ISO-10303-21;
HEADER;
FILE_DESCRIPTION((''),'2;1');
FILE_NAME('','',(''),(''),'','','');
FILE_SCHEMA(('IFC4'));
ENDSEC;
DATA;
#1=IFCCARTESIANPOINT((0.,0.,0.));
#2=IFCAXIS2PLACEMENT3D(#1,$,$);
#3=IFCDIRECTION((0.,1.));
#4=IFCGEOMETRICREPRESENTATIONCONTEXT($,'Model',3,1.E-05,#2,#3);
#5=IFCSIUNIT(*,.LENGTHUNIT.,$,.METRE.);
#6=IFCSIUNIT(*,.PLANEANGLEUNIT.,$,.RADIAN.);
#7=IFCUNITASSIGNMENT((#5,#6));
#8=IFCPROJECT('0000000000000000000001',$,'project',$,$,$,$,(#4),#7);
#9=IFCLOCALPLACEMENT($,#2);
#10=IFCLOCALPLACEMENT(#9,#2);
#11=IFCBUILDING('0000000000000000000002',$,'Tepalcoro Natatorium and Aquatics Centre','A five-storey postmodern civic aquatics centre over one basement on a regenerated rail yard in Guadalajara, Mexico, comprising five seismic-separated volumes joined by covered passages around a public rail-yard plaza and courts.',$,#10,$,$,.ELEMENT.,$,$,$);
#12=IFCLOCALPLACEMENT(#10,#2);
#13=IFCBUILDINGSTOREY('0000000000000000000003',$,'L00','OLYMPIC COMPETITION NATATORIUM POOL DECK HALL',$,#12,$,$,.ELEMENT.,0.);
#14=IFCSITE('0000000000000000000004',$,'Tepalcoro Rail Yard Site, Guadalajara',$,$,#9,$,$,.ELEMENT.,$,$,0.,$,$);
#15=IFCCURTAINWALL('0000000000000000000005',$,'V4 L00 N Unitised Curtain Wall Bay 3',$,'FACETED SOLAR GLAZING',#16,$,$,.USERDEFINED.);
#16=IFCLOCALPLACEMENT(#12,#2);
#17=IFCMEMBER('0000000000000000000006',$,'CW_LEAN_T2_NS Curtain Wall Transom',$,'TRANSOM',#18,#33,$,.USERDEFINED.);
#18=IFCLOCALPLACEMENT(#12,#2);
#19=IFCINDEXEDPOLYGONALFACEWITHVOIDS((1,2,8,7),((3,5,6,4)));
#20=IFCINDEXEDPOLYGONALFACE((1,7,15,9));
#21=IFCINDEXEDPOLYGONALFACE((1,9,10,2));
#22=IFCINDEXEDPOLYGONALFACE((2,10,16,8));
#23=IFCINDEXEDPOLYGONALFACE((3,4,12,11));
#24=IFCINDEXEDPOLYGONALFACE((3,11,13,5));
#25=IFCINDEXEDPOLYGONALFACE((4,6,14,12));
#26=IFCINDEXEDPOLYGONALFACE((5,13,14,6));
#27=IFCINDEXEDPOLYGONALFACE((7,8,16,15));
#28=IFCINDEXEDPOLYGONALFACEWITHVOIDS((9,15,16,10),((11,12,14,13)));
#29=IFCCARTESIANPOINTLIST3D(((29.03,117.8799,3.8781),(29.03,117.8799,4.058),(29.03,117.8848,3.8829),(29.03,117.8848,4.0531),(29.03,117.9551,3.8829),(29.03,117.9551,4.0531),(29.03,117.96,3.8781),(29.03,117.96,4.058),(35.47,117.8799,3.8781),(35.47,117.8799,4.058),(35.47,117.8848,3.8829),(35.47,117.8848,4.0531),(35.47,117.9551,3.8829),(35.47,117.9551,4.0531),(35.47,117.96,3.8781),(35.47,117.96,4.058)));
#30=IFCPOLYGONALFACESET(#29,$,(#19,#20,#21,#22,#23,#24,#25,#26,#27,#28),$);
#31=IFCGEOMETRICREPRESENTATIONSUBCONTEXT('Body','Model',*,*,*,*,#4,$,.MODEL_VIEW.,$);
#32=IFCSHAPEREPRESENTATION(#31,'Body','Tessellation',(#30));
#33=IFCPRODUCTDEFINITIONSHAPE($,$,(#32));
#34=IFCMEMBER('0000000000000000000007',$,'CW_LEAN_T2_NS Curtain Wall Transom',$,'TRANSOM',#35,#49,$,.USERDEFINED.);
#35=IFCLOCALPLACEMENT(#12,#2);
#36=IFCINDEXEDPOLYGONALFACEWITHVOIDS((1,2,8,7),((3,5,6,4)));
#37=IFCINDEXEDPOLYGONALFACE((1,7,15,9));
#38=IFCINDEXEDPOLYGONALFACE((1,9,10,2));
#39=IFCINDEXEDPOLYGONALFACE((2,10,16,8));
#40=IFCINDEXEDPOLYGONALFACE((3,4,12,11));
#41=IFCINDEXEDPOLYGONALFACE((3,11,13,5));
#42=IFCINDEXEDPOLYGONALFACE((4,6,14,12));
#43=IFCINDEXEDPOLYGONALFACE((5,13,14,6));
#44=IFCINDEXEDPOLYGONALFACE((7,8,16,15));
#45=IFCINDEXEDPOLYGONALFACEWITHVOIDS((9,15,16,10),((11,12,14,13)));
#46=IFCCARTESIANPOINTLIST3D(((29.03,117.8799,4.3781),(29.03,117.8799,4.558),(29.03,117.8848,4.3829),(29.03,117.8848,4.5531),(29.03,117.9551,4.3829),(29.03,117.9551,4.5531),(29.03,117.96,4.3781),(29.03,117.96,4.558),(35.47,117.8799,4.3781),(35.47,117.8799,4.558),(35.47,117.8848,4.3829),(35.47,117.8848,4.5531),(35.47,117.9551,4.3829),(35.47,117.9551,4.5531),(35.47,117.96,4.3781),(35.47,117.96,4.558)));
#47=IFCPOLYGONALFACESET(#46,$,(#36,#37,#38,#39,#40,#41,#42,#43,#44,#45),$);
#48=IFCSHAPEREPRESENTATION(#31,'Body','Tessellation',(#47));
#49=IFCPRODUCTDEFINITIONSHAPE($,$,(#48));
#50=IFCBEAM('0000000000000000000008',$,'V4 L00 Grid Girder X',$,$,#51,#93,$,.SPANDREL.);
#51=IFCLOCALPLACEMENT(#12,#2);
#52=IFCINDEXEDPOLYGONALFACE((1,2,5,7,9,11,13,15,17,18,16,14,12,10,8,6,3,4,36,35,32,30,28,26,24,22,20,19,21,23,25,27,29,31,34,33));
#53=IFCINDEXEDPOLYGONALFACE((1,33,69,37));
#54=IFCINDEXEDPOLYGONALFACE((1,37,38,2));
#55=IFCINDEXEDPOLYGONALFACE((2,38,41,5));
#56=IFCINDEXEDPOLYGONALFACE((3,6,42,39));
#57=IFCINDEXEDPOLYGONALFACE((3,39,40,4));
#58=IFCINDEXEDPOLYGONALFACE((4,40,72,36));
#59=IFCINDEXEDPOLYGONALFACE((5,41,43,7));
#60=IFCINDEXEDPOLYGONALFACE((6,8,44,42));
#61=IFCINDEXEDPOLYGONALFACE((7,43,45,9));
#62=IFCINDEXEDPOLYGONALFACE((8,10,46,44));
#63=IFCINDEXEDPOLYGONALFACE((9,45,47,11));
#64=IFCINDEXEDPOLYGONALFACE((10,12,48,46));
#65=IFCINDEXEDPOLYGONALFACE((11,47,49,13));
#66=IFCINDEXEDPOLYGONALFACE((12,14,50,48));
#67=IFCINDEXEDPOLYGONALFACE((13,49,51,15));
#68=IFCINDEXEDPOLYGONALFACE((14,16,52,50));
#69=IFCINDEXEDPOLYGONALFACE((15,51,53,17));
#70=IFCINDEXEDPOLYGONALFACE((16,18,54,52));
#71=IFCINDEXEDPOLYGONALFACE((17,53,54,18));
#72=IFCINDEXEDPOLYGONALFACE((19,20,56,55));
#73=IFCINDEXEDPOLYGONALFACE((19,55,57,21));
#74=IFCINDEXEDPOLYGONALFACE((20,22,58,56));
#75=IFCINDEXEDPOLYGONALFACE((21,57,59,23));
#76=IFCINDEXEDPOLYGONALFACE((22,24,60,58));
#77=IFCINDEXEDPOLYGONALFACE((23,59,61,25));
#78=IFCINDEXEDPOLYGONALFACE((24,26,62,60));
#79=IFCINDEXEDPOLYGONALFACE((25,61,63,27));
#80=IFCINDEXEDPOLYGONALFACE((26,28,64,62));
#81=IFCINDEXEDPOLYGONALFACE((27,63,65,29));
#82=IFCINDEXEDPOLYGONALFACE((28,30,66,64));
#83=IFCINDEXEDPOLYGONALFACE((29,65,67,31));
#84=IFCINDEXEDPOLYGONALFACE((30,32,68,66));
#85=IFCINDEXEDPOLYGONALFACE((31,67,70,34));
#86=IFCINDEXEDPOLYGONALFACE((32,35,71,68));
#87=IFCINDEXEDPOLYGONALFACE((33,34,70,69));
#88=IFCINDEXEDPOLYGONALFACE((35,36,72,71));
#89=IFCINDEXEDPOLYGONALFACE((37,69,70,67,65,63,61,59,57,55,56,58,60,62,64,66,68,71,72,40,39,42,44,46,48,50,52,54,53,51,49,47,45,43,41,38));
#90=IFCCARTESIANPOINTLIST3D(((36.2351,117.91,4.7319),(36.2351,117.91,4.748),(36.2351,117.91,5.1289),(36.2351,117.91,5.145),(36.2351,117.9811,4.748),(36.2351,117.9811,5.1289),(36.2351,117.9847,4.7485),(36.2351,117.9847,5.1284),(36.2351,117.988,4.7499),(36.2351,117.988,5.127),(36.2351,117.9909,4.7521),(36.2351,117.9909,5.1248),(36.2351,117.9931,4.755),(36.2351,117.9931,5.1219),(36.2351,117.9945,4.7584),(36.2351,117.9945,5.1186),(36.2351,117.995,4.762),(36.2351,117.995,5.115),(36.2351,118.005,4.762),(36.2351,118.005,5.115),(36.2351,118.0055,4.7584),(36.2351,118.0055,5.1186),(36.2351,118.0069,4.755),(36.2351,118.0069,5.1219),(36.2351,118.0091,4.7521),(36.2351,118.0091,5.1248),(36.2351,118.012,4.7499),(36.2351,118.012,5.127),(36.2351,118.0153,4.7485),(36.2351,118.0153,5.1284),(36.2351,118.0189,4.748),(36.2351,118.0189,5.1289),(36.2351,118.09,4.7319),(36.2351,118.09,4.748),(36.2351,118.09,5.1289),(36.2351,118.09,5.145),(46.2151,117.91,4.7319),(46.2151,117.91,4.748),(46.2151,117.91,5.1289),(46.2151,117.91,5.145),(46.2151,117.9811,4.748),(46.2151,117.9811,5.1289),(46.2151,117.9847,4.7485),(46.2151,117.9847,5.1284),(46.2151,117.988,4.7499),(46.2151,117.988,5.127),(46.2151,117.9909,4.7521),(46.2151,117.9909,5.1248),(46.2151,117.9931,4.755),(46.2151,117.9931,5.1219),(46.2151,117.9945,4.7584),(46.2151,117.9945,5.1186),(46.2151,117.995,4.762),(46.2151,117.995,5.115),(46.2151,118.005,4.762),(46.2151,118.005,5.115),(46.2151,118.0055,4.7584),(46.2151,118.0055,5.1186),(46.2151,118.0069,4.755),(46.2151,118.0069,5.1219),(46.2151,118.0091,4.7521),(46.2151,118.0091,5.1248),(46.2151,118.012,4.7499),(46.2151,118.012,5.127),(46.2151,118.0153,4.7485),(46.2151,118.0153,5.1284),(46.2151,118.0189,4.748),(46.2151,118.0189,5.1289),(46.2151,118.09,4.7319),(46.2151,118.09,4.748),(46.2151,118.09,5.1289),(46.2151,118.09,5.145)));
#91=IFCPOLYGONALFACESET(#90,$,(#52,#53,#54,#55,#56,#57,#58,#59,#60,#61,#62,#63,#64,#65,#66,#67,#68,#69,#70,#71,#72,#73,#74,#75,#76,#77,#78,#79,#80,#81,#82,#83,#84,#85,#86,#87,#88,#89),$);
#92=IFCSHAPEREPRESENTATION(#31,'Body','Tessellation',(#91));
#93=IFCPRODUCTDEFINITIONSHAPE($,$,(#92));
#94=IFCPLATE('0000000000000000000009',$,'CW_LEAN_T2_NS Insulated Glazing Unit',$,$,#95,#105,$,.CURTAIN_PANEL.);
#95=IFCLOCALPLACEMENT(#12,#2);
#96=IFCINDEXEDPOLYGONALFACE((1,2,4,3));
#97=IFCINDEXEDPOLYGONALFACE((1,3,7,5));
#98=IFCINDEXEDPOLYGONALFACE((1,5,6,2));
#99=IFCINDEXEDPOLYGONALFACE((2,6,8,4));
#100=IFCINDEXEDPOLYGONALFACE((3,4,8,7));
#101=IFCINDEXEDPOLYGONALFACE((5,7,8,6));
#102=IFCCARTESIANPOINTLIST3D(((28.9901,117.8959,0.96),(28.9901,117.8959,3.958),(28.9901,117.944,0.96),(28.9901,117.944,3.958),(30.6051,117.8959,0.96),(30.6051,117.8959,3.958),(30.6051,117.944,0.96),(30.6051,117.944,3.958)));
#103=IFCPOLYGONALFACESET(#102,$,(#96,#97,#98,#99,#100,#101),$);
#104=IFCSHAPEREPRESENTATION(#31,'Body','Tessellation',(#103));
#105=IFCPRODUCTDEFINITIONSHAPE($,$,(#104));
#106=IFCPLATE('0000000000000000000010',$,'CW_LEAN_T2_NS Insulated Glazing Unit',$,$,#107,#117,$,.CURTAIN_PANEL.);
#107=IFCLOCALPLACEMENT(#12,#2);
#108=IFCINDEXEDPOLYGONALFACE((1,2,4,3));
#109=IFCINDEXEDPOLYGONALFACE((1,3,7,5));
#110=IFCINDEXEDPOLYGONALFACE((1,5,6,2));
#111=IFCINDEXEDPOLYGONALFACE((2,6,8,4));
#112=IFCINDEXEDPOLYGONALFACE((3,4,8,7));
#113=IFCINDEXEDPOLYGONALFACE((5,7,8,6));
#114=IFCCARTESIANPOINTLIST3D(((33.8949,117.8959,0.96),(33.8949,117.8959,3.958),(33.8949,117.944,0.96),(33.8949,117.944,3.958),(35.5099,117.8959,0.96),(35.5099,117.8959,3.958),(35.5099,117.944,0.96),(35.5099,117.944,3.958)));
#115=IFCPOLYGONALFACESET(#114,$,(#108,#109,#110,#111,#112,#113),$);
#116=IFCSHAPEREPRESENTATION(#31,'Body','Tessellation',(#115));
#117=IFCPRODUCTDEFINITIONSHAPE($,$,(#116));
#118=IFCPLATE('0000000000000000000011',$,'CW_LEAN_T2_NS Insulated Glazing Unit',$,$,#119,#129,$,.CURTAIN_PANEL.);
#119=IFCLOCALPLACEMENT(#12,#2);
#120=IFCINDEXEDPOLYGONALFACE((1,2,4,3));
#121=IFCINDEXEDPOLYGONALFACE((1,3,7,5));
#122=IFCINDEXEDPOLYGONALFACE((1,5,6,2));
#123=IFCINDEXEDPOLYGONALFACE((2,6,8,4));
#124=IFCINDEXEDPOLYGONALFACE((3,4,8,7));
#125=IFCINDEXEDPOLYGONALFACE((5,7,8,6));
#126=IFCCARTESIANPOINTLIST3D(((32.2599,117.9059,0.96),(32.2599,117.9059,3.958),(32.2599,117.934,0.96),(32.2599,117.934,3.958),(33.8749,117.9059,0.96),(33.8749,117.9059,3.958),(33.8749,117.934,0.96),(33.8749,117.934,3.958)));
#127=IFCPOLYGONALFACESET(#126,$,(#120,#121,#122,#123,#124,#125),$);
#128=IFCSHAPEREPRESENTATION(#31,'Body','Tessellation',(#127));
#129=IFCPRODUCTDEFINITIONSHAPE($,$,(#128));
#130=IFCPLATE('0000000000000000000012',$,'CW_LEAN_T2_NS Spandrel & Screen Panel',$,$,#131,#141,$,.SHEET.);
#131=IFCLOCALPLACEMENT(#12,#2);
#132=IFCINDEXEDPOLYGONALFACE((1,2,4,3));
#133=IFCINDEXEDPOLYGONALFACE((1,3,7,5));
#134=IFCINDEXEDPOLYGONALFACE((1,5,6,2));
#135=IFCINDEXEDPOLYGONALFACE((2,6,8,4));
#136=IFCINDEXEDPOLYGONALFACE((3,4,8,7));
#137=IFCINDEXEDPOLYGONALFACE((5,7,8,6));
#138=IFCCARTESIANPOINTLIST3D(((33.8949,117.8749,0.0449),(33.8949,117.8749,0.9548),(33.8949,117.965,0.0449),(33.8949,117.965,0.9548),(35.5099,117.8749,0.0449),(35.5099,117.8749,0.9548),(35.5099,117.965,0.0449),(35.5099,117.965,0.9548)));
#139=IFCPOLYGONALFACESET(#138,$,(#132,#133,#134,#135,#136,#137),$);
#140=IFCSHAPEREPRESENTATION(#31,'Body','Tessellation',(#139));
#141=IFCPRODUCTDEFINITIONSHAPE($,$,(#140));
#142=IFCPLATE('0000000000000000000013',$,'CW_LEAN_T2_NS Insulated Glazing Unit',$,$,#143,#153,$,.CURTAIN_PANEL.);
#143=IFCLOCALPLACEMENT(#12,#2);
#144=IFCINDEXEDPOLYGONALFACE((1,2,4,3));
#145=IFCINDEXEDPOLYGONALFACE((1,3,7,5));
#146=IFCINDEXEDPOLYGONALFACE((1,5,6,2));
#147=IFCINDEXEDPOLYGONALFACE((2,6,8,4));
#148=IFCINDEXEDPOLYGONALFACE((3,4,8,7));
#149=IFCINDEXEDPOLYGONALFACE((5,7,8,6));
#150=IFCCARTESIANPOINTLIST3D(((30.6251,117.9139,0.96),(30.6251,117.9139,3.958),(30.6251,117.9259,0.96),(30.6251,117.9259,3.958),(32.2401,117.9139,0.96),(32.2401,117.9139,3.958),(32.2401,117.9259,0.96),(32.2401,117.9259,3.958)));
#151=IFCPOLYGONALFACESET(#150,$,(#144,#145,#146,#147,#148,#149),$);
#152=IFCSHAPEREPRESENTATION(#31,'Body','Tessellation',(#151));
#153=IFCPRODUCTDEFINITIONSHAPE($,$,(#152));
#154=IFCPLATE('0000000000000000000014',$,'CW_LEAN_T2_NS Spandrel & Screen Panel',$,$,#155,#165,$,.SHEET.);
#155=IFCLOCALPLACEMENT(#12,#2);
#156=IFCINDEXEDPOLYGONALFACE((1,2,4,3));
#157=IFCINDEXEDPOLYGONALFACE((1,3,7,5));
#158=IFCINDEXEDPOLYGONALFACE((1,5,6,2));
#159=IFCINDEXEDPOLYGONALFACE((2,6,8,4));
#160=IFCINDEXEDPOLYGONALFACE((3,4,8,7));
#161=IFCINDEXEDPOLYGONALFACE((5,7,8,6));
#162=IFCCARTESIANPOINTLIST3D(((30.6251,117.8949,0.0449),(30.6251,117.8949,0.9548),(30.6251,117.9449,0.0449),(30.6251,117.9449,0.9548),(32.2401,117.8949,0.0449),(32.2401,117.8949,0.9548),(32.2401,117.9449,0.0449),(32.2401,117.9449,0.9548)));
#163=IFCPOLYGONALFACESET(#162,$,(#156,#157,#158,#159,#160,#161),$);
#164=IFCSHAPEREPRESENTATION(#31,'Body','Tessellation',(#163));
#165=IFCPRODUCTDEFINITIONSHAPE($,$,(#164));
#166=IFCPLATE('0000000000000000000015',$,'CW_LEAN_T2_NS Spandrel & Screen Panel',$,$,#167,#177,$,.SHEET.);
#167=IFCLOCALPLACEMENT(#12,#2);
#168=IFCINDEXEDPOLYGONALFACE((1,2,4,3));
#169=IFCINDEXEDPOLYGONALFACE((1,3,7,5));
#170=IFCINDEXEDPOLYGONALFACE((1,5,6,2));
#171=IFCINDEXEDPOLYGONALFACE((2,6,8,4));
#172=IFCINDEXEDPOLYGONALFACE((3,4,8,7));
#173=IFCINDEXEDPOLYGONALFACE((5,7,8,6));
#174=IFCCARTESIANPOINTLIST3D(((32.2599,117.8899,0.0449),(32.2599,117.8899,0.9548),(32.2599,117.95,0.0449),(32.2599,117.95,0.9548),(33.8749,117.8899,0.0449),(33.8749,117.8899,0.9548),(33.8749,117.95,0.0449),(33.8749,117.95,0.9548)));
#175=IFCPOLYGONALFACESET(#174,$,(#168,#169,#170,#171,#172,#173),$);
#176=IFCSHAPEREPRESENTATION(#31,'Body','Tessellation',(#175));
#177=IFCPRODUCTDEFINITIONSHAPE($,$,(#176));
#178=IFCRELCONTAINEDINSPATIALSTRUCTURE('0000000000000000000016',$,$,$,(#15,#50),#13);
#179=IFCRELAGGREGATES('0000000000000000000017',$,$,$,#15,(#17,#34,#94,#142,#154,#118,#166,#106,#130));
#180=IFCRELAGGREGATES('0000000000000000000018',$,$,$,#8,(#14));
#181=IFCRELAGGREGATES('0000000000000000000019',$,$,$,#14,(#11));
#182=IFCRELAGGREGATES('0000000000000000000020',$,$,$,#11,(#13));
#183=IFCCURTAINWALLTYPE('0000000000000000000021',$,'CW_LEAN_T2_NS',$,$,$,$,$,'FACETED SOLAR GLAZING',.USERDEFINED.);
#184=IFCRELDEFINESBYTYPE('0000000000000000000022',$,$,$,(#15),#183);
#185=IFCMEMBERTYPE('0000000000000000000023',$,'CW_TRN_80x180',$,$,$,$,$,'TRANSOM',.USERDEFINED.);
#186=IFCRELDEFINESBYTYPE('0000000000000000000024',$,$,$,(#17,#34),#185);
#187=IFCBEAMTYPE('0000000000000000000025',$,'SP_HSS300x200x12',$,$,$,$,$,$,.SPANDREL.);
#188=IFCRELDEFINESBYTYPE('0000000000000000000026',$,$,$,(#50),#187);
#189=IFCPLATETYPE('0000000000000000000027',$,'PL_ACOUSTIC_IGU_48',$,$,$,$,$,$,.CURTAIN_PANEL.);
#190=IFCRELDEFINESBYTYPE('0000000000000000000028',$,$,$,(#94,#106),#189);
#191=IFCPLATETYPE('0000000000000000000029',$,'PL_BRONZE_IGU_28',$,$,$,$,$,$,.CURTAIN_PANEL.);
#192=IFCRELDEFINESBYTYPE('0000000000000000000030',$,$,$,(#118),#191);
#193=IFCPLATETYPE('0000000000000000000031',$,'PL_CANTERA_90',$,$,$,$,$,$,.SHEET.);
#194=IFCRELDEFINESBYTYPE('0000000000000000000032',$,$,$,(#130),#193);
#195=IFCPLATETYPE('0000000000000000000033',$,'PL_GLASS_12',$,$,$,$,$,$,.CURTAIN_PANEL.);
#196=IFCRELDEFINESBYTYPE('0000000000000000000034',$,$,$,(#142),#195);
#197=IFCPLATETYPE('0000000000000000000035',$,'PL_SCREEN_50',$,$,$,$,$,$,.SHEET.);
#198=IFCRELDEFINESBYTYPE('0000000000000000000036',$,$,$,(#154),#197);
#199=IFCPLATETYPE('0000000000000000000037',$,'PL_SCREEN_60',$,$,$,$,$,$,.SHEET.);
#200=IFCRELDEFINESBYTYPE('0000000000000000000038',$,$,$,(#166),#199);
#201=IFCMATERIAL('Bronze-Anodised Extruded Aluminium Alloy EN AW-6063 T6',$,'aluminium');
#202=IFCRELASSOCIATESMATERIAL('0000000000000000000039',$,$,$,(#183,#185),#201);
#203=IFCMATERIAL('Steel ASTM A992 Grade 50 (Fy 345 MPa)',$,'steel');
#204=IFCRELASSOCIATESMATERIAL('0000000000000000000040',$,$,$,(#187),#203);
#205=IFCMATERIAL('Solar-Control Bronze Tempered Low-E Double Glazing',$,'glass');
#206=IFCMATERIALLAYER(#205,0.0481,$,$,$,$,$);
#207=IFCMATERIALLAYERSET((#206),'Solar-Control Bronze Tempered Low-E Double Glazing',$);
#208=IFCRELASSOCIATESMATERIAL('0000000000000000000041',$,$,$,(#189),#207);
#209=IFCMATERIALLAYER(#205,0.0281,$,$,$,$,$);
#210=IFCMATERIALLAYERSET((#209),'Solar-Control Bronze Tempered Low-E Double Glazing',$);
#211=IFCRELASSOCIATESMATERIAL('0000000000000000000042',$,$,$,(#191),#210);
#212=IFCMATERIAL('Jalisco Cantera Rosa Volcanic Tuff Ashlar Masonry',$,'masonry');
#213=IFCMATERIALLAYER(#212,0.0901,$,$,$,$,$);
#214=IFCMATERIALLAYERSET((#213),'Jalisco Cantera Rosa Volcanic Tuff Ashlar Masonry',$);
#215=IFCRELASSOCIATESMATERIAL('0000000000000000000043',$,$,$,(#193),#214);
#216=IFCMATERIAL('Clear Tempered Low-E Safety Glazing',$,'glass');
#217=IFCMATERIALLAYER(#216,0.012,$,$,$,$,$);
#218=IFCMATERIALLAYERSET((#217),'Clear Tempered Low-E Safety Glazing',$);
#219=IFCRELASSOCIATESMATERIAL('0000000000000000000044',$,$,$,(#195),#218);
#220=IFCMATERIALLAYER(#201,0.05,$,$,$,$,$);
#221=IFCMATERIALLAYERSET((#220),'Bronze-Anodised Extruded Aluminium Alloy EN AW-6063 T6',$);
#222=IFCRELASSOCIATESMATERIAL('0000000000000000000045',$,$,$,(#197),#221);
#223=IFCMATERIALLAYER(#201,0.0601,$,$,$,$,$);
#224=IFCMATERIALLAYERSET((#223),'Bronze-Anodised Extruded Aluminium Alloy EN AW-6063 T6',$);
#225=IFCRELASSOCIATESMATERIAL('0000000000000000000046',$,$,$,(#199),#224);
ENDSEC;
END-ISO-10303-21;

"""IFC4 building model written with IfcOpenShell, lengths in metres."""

from ifc_helpers import new_model, si_unit, direction, frame, origin, origin_2d, place, context, subcontext, project, spatial, rectangle, hollow_rectangle, i_section, extrude, material, layer, layer_set, material_profile, profile_set, type_object, element, aggregate, save


model = new_model("IFC4")

# Units and contexts
model_context = context("Model", 3, precision=1e-05, world=origin(), true_north=direction((0.0, 1.0)))
body_context = subcontext(model_context, "Body", "Model", "MODEL_VIEW")
ifc_project = project(units=[si_unit("LENGTHUNIT", "METRE"), si_unit("PLANEANGLEUNIT", "RADIAN")], contexts=[model_context])

# Site, building, storey
site_placement = place(None, origin())
site = spatial("IfcSite", under=ifc_project, at=site_placement, Name="Tepalcoro Rail Yard Site, Guadalajara", CompositionType="ELEMENT", RefElevation=0.0)
building_placement = place(site_placement, origin())
building = spatial("IfcBuilding", under=site, at=building_placement, Name="Tepalcoro Natatorium and Aquatics Centre", Description="A five-storey postmodern civic aquatics centre over one basement on a regenerated rail yard in Guadalajara, Mexico, comprising five seismic-separated volumes joined by covered passages around a public rail-yard plaza and courts.", CompositionType="ELEMENT")
storey_placement = place(building_placement, origin())
storey = spatial("IfcBuildingStorey", under=building, at=storey_placement, Name="L00", Description="OLYMPIC COMPETITION NATATORIUM POOL DECK HALL", CompositionType="ELEMENT", Elevation=0.0)

# Shared definitions
ifc_material_1 = material(Name="Steel ASTM A992 Grade 50 (Fy 345 MPa)", Category="steel")

# Curtain wall, members
ifc_material_2 = material(Name="Bronze-Anodised Extruded Aluminium Alloy EN AW-6063 T6", Category="aluminium")
curtain_wall_type = type_object("IfcCurtainWallType", Name="CW_LEAN_T2_NS", ElementType="FACETED SOLAR GLAZING", PredefinedType="USERDEFINED", material=ifc_material_2)
curtain_wall_placement = place(storey_placement, origin())
curtain_wall = element("IfcCurtainWall", 1, at=curtain_wall_placement, inside=storey, type_object=curtain_wall_type, Name="V4 L00 N Unitised Curtain Wall Bay 3", ObjectType="FACETED SOLAR GLAZING", PredefinedType="USERDEFINED")
ifc_material_profile_1 = material_profile(ifc_material_2, hollow_rectangle(XDim=0.0801, YDim=0.1799, WallThickness=0.0049, at=origin_2d()), Name="AL80X180X5")
ifc_profile_set_1 = profile_set([ifc_material_profile_1], Name="Bronze-Anodised Extruded Aluminium Alloy EN AW-6063 T6")
member_type_1 = type_object("IfcMemberType", Name="CW_TRN_80x180", ElementType="TRANSOM", PredefinedType="USERDEFINED", material=ifc_profile_set_1)
member_1_placement = place(storey_placement, frame((29.03, 117.9199, 3.968), z_axis=(1.0, 0.0, 0.0), x_axis=(0.0, 1.0, 0.0)))
member_1 = element("IfcMember", 2, at=member_1_placement, type_object=member_type_1, Name="CW_LEAN_T2_NS Curtain Wall Transom", ObjectType="TRANSOM", PredefinedType="USERDEFINED", context=body_context, shape_type="SweptSolid", body=[
    extrude(hollow_rectangle(XDim=0.0801, YDim=0.1799, WallThickness=0.0049, at=origin_2d()), origin(), (0.0, 0.0, 1.0), 6.4399),
])
member_2_placement = place(storey_placement, frame((29.03, 117.9199, 4.468), z_axis=(1.0, 0.0, 0.0), x_axis=(0.0, 1.0, 0.0)))
member_2 = element("IfcMember", 3, at=member_2_placement, type_object=member_type_1, Name="CW_LEAN_T2_NS Curtain Wall Transom", ObjectType="TRANSOM", PredefinedType="USERDEFINED", context=body_context, shape_type="SweptSolid", body=[
    extrude(hollow_rectangle(XDim=0.0801, YDim=0.1799, WallThickness=0.0049, at=origin_2d()), origin(), (0.0, 0.0, 1.0), 6.4399),
])

# Beam
ifc_material_profile_2 = material_profile(ifc_material_1, i_section(OverallWidth=0.1799, OverallDepth=0.4131, WebThickness=0.01, FlangeThickness=0.0161, FilletRadius=0.0139, at=origin_2d()), Name="W16X50")
ifc_profile_set_2 = profile_set([ifc_material_profile_2], Name="Steel ASTM A992 Grade 50 (Fy 345 MPa)")
beam_type = type_object("IfcBeamType", Name="SP_HSS300x200x12", PredefinedType="SPANDREL", material=ifc_profile_set_2)
beam_placement = place(storey_placement, frame((36.2351, 118.0, 4.9385), z_axis=(1.0, 0.0, 0.0), x_axis=(0.0, 1.0, 0.0)))
element("IfcBeam", 4, at=beam_placement, inside=storey, type_object=beam_type, Name="V4 L00 Grid Girder X", PredefinedType="SPANDREL", context=body_context, shape_type="SweptSolid", body=[
    extrude(i_section(OverallWidth=0.1799, OverallDepth=0.4131, WebThickness=0.01, FlangeThickness=0.0161, FilletRadius=0.0139, at=origin_2d()), origin(), (0.0, 0.0, 1.0), 9.98),
])

# Plates
ifc_material_3 = material(Name="Solar-Control Bronze Tempered Low-E Double Glazing", Category="glass")
ifc_layer_1 = layer(ifc_material_3, 0.0481)
ifc_layer_set_1 = layer_set([ifc_layer_1], Name="Solar-Control Bronze Tempered Low-E Double Glazing")
plate_type_1 = type_object("IfcPlateType", Name="PL_ACOUSTIC_IGU_48", PredefinedType="CURTAIN_PANEL", material=ifc_layer_set_1)
plate_1_placement = place(storey_placement, frame((29.7976, 117.9199, 0.96), z_axis=(0.0, 0.0, 1.0), x_axis=(1.0, 0.0, 0.0)))
plate_1 = element("IfcPlate", 5, at=plate_1_placement, type_object=plate_type_1, Name="CW_LEAN_T2_NS Insulated Glazing Unit", PredefinedType="CURTAIN_PANEL", context=body_context, shape_type="SweptSolid", body=[
    extrude(rectangle(XDim=1.615, YDim=0.0481, at=origin_2d()), origin(), (0.0, 0.0, 1.0), 2.998),
])
plate_2_placement = place(storey_placement, frame((34.7024, 117.9199, 0.96), z_axis=(0.0, 0.0, 1.0), x_axis=(1.0, 0.0, 0.0)))
plate_2 = element("IfcPlate", 6, at=plate_2_placement, type_object=plate_type_1, Name="CW_LEAN_T2_NS Insulated Glazing Unit", PredefinedType="CURTAIN_PANEL", context=body_context, shape_type="SweptSolid", body=[
    extrude(rectangle(XDim=1.615, YDim=0.0481, at=origin_2d()), origin(), (0.0, 0.0, 1.0), 2.998),
])
ifc_layer_2 = layer(ifc_material_3, 0.0281)
ifc_layer_set_2 = layer_set([ifc_layer_2], Name="Solar-Control Bronze Tempered Low-E Double Glazing")
plate_type_2 = type_object("IfcPlateType", Name="PL_BRONZE_IGU_28", PredefinedType="CURTAIN_PANEL", material=ifc_layer_set_2)
plate_3_placement = place(storey_placement, frame((33.0674, 117.9199, 0.96), z_axis=(0.0, 0.0, 1.0), x_axis=(1.0, 0.0, 0.0)))
plate_3 = element("IfcPlate", 7, at=plate_3_placement, type_object=plate_type_2, Name="CW_LEAN_T2_NS Insulated Glazing Unit", PredefinedType="CURTAIN_PANEL", context=body_context, shape_type="SweptSolid", body=[
    extrude(rectangle(XDim=1.615, YDim=0.0281, at=origin_2d()), origin(), (0.0, 0.0, 1.0), 2.998),
])
ifc_material_4 = material(Name="Jalisco Cantera Rosa Volcanic Tuff Ashlar Masonry", Category="masonry")
ifc_layer_3 = layer(ifc_material_4, 0.0901)
ifc_layer_set_3 = layer_set([ifc_layer_3], Name="Jalisco Cantera Rosa Volcanic Tuff Ashlar Masonry")
plate_type_3 = type_object("IfcPlateType", Name="PL_CANTERA_90", PredefinedType="SHEET", material=ifc_layer_set_3)
plate_4_placement = place(storey_placement, frame((34.7024, 117.9199, 0.0449), z_axis=(0.0, 0.0, 1.0), x_axis=(1.0, 0.0, 0.0)))
plate_4 = element("IfcPlate", 8, at=plate_4_placement, type_object=plate_type_3, Name="CW_LEAN_T2_NS Spandrel & Screen Panel", PredefinedType="SHEET", context=body_context, shape_type="SweptSolid", body=[
    extrude(rectangle(XDim=1.615, YDim=0.0901, at=origin_2d()), origin(), (0.0, 0.0, 1.0), 0.9099),
])
ifc_material_5 = material(Name="Clear Tempered Low-E Safety Glazing", Category="glass")
ifc_layer_4 = layer(ifc_material_5, 0.012)
ifc_layer_set_4 = layer_set([ifc_layer_4], Name="Clear Tempered Low-E Safety Glazing")
plate_type_4 = type_object("IfcPlateType", Name="PL_GLASS_12", PredefinedType="CURTAIN_PANEL", material=ifc_layer_set_4)
plate_5_placement = place(storey_placement, frame((31.4326, 117.9199, 0.96), z_axis=(0.0, 0.0, 1.0), x_axis=(1.0, 0.0, 0.0)))
plate_5 = element("IfcPlate", 9, at=plate_5_placement, type_object=plate_type_4, Name="CW_LEAN_T2_NS Insulated Glazing Unit", PredefinedType="CURTAIN_PANEL", context=body_context, shape_type="SweptSolid", body=[
    extrude(rectangle(XDim=1.615, YDim=0.012, at=origin_2d()), origin(), (0.0, 0.0, 1.0), 2.998),
])
ifc_layer_5 = layer(ifc_material_2, 0.05)
ifc_layer_set_5 = layer_set([ifc_layer_5], Name="Bronze-Anodised Extruded Aluminium Alloy EN AW-6063 T6")
plate_type_5 = type_object("IfcPlateType", Name="PL_SCREEN_50", PredefinedType="SHEET", material=ifc_layer_set_5)
plate_6_placement = place(storey_placement, frame((31.4326, 117.9199, 0.0449), z_axis=(0.0, 0.0, 1.0), x_axis=(1.0, 0.0, 0.0)))
plate_6 = element("IfcPlate", 10, at=plate_6_placement, type_object=plate_type_5, Name="CW_LEAN_T2_NS Spandrel & Screen Panel", PredefinedType="SHEET", context=body_context, shape_type="SweptSolid", body=[
    extrude(rectangle(XDim=1.615, YDim=0.05, at=origin_2d()), origin(), (0.0, 0.0, 1.0), 0.9099),
])
ifc_layer_6 = layer(ifc_material_2, 0.0601)
ifc_layer_set_6 = layer_set([ifc_layer_6], Name="Bronze-Anodised Extruded Aluminium Alloy EN AW-6063 T6")
plate_type_6 = type_object("IfcPlateType", Name="PL_SCREEN_60", PredefinedType="SHEET", material=ifc_layer_set_6)
plate_7_placement = place(storey_placement, frame((33.0674, 117.9199, 0.0449), z_axis=(0.0, 0.0, 1.0), x_axis=(1.0, 0.0, 0.0)))
plate_7 = element("IfcPlate", 11, at=plate_7_placement, type_object=plate_type_6, Name="CW_LEAN_T2_NS Spandrel & Screen Panel", PredefinedType="SHEET", context=body_context, shape_type="SweptSolid", body=[
    extrude(rectangle(XDim=1.615, YDim=0.0601, at=origin_2d()), origin(), (0.0, 0.0, 1.0), 0.9099),
])
aggregate(curtain_wall, [member_1, member_2, plate_1, plate_5, plate_6, plate_3, plate_7, plate_2, plate_4])

save(model, "model.ifc")
